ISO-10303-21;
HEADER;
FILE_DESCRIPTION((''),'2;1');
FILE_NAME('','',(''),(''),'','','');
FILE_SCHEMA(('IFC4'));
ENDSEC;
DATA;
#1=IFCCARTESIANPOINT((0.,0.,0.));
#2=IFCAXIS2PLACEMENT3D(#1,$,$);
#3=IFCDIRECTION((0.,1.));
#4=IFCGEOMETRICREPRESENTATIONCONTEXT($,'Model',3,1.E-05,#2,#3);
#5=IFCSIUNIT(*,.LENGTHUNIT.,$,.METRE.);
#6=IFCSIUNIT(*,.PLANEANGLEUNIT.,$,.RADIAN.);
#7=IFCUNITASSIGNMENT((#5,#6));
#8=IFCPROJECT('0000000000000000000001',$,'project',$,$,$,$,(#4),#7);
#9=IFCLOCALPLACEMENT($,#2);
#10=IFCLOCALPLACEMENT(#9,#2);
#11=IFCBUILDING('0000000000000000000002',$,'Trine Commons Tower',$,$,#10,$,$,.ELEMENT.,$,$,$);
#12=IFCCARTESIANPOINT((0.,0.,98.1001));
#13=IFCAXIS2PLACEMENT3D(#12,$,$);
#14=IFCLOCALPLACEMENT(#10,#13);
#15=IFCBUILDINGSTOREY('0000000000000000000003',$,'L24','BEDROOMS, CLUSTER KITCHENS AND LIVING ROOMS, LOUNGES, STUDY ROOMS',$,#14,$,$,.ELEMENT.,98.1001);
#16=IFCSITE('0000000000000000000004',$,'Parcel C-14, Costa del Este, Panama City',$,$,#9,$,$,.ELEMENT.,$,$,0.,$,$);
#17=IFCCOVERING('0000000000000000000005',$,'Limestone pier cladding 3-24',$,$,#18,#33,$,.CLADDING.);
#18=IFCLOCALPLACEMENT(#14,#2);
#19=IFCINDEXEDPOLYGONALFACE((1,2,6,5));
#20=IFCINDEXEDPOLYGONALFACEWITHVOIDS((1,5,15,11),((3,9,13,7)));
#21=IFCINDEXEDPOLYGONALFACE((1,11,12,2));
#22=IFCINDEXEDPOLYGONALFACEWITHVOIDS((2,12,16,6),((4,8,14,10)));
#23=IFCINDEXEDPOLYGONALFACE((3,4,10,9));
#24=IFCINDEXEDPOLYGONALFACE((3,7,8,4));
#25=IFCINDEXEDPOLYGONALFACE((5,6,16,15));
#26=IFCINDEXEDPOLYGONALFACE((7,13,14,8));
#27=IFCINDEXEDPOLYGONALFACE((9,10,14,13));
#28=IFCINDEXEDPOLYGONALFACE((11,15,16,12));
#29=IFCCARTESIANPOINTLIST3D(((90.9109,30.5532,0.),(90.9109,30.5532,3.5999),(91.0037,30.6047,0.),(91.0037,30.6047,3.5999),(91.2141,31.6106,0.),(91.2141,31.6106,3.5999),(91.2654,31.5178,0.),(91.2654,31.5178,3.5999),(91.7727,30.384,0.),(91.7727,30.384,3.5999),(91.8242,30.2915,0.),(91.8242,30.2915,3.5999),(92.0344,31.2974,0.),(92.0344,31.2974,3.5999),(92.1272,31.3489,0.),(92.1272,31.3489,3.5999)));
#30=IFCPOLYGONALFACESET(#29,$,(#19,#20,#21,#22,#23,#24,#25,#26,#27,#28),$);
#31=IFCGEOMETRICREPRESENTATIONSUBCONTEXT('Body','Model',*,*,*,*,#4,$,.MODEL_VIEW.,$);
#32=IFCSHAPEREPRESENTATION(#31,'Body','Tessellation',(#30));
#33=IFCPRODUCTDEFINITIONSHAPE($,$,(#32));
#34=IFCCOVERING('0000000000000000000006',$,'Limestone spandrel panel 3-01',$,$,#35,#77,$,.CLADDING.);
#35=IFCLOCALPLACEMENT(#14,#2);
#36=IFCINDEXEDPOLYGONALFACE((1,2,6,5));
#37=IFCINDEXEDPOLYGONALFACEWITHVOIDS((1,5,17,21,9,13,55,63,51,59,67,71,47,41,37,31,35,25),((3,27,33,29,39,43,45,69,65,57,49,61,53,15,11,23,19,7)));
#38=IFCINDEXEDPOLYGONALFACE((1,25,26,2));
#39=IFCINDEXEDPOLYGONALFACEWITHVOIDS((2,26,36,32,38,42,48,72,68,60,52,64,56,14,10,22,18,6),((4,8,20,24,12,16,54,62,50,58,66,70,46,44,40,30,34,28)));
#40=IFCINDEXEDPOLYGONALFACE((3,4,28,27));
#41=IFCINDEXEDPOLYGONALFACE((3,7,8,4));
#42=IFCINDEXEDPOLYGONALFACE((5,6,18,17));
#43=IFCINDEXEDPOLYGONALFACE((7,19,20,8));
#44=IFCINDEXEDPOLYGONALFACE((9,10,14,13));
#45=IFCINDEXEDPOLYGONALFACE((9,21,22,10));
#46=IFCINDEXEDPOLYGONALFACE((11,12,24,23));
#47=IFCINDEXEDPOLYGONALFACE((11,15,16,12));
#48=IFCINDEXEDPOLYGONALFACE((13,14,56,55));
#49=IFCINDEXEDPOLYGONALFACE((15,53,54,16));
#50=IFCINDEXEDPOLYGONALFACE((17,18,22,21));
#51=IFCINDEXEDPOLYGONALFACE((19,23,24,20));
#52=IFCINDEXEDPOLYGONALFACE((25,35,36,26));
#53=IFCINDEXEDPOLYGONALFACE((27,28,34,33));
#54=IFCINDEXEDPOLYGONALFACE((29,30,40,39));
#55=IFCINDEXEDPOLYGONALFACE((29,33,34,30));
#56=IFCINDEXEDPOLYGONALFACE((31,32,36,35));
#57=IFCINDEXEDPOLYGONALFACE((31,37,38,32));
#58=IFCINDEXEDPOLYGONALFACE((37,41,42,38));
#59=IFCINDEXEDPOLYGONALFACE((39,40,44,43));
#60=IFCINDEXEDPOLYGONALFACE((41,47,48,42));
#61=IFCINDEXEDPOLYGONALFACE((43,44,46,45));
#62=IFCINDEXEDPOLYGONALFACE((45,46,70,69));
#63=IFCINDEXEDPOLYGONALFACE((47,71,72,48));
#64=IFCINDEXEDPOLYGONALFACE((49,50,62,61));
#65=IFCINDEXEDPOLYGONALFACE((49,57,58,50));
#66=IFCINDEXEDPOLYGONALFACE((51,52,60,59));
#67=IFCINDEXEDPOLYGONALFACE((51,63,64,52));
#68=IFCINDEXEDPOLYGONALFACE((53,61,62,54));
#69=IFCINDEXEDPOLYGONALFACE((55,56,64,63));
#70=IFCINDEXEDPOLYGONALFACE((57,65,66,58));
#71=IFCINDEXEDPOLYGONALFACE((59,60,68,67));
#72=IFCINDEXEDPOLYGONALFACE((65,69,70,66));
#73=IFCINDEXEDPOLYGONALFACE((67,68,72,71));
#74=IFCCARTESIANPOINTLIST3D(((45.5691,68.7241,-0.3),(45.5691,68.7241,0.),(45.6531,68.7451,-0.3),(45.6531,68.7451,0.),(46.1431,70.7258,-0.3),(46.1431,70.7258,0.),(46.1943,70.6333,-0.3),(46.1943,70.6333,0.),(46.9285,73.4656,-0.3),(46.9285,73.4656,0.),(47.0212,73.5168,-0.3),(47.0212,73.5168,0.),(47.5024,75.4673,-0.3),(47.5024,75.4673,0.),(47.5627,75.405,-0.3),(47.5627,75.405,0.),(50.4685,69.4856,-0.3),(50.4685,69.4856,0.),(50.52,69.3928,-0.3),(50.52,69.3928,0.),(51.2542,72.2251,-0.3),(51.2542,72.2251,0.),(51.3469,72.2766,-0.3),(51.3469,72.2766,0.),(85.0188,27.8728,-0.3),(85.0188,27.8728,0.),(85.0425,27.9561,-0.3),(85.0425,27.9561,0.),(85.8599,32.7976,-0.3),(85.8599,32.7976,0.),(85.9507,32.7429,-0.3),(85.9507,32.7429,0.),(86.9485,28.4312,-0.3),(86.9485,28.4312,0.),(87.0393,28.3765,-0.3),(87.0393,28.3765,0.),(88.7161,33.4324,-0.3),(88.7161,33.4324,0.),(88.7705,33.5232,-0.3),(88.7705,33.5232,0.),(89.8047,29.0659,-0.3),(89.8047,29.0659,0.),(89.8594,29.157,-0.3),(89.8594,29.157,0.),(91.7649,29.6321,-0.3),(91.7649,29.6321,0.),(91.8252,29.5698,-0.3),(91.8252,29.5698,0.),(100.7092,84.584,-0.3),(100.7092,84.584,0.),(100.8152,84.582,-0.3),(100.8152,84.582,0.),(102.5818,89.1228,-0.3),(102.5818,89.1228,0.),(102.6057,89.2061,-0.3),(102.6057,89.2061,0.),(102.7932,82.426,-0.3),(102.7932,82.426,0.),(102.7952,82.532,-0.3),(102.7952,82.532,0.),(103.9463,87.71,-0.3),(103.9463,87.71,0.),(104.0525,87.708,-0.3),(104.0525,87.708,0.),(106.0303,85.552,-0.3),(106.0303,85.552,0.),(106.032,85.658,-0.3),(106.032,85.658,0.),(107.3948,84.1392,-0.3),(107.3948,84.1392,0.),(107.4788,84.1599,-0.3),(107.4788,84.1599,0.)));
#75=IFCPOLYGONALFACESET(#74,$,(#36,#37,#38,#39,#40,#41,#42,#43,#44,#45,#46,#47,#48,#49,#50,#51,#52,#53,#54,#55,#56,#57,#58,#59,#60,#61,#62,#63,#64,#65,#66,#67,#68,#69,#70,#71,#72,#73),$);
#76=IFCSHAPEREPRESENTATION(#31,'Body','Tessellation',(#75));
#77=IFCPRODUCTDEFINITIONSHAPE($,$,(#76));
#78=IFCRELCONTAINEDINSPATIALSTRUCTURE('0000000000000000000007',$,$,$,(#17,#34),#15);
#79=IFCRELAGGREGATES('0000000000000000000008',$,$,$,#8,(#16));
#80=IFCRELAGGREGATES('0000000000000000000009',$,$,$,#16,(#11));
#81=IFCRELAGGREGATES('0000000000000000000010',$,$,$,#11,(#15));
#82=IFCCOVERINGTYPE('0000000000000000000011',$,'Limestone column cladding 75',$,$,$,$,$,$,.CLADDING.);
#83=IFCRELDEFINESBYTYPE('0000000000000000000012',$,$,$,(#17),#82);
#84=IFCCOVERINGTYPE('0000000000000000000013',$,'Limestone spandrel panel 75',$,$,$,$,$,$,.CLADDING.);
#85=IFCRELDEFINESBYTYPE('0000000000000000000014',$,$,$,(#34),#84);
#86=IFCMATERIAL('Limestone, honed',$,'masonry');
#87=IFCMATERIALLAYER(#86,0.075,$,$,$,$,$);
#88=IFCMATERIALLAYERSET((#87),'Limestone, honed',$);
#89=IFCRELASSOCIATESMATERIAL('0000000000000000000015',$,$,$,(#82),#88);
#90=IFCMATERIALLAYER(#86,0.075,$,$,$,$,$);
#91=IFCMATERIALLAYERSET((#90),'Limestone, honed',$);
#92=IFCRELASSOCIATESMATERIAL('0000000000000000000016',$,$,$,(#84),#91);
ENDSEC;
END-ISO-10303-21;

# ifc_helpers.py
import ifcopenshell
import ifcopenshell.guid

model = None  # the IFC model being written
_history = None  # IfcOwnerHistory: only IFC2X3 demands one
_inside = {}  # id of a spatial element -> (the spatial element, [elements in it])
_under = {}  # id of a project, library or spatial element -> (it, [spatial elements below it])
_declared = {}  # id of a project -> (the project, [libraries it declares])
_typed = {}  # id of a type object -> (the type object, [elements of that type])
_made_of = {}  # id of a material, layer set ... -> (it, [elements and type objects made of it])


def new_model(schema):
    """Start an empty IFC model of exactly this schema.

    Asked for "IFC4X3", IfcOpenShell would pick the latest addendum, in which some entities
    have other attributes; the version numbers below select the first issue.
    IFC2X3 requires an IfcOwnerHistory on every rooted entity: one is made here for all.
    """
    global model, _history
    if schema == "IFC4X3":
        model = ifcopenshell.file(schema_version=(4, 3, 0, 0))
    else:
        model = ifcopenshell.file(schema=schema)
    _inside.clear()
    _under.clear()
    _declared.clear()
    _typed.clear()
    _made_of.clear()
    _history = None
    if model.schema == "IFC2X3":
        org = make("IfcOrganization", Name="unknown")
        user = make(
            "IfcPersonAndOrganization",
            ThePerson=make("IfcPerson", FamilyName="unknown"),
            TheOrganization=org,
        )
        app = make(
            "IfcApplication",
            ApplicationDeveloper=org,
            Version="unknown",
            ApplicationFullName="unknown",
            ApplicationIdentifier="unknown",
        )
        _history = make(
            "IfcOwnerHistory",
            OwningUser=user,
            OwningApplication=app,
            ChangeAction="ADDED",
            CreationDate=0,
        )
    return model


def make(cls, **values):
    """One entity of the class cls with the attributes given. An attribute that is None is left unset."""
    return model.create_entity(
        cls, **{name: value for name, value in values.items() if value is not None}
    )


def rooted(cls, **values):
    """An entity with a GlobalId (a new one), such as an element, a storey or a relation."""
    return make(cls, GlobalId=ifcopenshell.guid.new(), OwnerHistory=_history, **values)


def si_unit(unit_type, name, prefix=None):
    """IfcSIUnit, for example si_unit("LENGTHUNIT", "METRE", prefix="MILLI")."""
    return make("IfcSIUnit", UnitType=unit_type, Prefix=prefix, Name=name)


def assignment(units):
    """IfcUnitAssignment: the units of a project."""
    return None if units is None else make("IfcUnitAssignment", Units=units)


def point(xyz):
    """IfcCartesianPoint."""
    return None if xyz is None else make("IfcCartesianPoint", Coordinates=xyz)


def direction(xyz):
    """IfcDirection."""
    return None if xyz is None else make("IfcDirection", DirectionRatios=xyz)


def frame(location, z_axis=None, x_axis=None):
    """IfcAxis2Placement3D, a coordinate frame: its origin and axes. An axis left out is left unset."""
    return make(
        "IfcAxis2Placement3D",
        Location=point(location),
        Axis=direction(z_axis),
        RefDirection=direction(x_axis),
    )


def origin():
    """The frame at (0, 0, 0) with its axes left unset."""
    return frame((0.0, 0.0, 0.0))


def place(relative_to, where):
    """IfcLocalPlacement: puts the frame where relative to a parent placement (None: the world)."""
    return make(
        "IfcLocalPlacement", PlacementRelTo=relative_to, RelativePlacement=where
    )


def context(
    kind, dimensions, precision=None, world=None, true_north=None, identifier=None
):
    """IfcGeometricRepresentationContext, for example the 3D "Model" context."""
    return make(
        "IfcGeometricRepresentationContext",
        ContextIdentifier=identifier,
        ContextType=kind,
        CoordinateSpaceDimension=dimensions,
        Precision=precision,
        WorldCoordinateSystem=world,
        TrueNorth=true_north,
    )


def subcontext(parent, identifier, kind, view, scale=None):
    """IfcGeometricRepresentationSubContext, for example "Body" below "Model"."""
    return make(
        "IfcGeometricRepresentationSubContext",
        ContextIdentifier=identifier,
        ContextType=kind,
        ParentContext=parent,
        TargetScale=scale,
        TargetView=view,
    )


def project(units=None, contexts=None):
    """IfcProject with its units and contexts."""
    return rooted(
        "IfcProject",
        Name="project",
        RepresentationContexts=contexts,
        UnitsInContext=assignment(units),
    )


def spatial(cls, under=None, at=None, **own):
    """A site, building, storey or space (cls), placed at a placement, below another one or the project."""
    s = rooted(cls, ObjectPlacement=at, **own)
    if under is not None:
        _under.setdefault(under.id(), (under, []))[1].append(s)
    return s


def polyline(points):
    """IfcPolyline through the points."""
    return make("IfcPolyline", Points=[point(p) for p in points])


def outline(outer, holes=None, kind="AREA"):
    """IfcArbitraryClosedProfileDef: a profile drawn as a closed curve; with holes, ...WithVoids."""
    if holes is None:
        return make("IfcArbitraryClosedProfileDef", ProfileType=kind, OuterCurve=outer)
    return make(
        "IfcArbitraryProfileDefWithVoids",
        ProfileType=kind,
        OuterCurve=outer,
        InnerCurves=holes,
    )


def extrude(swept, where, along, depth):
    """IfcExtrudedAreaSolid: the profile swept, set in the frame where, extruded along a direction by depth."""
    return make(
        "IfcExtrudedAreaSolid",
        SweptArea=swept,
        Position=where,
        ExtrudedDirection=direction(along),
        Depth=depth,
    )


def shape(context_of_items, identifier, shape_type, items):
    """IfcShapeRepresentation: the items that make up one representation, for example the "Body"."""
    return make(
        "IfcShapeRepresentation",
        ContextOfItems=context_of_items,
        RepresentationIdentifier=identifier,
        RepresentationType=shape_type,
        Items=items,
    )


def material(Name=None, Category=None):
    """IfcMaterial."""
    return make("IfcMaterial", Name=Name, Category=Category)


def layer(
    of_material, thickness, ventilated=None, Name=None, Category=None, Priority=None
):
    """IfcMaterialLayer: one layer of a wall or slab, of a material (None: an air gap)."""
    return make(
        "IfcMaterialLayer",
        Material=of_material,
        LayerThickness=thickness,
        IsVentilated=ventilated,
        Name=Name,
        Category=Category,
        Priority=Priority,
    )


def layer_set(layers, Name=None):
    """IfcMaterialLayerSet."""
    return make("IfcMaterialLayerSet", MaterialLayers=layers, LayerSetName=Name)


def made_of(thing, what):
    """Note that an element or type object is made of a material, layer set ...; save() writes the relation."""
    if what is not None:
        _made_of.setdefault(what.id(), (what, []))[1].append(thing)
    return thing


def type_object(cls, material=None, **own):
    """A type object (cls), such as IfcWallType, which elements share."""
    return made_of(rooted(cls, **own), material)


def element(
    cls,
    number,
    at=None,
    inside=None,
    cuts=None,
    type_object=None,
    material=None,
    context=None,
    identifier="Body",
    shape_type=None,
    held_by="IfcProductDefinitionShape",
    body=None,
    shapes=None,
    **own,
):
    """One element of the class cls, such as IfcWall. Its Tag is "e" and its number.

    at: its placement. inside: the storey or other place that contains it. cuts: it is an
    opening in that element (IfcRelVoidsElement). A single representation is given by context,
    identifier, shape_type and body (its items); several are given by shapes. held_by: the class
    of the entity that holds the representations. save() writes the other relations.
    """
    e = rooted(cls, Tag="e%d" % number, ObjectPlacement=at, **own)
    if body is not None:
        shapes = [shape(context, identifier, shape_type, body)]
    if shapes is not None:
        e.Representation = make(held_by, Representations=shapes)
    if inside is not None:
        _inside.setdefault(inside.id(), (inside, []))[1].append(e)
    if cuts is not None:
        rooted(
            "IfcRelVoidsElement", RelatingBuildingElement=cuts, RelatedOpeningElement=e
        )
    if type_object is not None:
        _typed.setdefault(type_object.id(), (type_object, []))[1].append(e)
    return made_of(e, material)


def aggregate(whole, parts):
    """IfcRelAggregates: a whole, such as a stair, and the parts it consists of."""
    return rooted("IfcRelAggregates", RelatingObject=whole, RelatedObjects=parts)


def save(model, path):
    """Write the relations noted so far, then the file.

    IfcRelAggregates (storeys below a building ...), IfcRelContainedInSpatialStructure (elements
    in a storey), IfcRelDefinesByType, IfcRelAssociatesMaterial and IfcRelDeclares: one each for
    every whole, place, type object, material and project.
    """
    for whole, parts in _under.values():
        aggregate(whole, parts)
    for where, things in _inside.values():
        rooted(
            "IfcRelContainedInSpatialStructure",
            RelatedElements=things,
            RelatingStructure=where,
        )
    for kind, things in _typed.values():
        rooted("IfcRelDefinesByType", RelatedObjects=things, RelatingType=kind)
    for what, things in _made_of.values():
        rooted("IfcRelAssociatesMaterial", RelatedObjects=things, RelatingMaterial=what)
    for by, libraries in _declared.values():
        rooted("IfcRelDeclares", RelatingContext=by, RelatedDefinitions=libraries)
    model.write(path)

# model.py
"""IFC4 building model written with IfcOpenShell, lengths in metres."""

from ifc_helpers import new_model, si_unit, direction, frame, origin, place, context, subcontext, project, spatial, polyline, outline, extrude, material, layer, layer_set, type_object, element, save


model = new_model("IFC4")

# Units and contexts
model_context = context("Model", 3, precision=1e-05, world=origin(), true_north=direction((0.0, 1.0)))
body_context = subcontext(model_context, "Body", "Model", "MODEL_VIEW")
ifc_project = project(units=[si_unit("LENGTHUNIT", "METRE"), si_unit("PLANEANGLEUNIT", "RADIAN")], contexts=[model_context])

# Site, building, storey
site_placement = place(None, origin())
site = spatial("IfcSite", under=ifc_project, at=site_placement, Name="Parcel C-14, Costa del Este, Panama City", CompositionType="ELEMENT", RefElevation=0.0)
building_placement = place(site_placement, origin())
building = spatial("IfcBuilding", under=site, at=building_placement, Name="Trine Commons Tower", CompositionType="ELEMENT")
storey_placement = place(building_placement, frame((0.0, 0.0, 98.1001)))
storey = spatial("IfcBuildingStorey", under=building, at=storey_placement, Name="L24", Description="BEDROOMS, CLUSTER KITCHENS AND LIVING ROOMS, LOUNGES, STUDY ROOMS", CompositionType="ELEMENT", Elevation=98.1001)

# Coverings
ifc_material_1 = material(Name="Limestone, honed", Category="masonry")
ifc_layer_1 = layer(ifc_material_1, 0.075)
ifc_layer_set_1 = layer_set([ifc_layer_1], Name="Limestone, honed")
covering_type_1 = type_object("IfcCoveringType", Name="Limestone column cladding 75", PredefinedType="CLADDING", material=ifc_layer_set_1)
covering_1_placement = place(storey_placement, origin())
element("IfcCovering", 1, at=covering_1_placement, inside=storey, type_object=covering_type_1, Name="Limestone pier cladding 3-24", PredefinedType="CLADDING", context=body_context, shape_type="SweptSolid", body=[
    extrude(outline(polyline([(92.1272, 31.3489), (91.2141, 31.6106), (90.9109, 30.5532), (91.8242, 30.2915), (92.1272, 31.3489)]), holes=[polyline([(92.0344, 31.2974), (91.2654, 31.5178), (91.0037, 30.6047), (91.7727, 30.384), (92.0344, 31.2974)])]), origin(), (0.0, 0.0, 1.0), 3.5999),
])
ifc_layer_2 = layer(ifc_material_1, 0.075)
ifc_layer_set_2 = layer_set([ifc_layer_2], Name="Limestone, honed")
covering_type_2 = type_object("IfcCoveringType", Name="Limestone spandrel panel 75", PredefinedType="CLADDING", material=ifc_layer_set_2)
covering_2_placement = place(storey_placement, frame((0.0, 0.0, -0.3)))
element("IfcCovering", 2, at=covering_2_placement, inside=storey, type_object=covering_type_2, Name="Limestone spandrel panel 3-01", PredefinedType="CLADDING", context=body_context, shape_type="SweptSolid", body=[
    extrude(outline(polyline([(88.7161, 33.4324), (89.8047, 29.0659), (91.8252, 29.5698), (107.4788, 84.1599), (106.032, 85.658), (102.7952, 82.532), (100.8152, 84.582), (104.0525, 87.708), (102.6057, 89.2061), (47.5024, 75.4673), (46.9285, 73.4656), (51.2542, 72.2251), (50.4685, 69.4856), (46.1431, 70.7258), (45.5691, 68.7241), (85.0188, 27.8728), (87.0393, 28.3765), (85.9507, 32.7429), (88.7161, 33.4324)]), holes=[polyline([(106.0303, 85.552), (107.3948, 84.1392), (91.7649, 29.6321), (89.8594, 29.157), (88.7705, 33.5232), (85.8599, 32.7976), (86.9485, 28.4312), (85.0425, 27.9561), (45.6531, 68.7451), (46.1943, 70.6333), (50.52, 69.3928), (51.3469, 72.2766), (47.0212, 73.5168), (47.5627, 75.405), (102.5818, 89.1228), (103.9463, 87.71), (100.7092, 84.584), (102.7932, 82.426), (106.0303, 85.552)])]), origin(), (0.0, 0.0, 1.0), 0.3),
])

save(model, "model.ifc")
